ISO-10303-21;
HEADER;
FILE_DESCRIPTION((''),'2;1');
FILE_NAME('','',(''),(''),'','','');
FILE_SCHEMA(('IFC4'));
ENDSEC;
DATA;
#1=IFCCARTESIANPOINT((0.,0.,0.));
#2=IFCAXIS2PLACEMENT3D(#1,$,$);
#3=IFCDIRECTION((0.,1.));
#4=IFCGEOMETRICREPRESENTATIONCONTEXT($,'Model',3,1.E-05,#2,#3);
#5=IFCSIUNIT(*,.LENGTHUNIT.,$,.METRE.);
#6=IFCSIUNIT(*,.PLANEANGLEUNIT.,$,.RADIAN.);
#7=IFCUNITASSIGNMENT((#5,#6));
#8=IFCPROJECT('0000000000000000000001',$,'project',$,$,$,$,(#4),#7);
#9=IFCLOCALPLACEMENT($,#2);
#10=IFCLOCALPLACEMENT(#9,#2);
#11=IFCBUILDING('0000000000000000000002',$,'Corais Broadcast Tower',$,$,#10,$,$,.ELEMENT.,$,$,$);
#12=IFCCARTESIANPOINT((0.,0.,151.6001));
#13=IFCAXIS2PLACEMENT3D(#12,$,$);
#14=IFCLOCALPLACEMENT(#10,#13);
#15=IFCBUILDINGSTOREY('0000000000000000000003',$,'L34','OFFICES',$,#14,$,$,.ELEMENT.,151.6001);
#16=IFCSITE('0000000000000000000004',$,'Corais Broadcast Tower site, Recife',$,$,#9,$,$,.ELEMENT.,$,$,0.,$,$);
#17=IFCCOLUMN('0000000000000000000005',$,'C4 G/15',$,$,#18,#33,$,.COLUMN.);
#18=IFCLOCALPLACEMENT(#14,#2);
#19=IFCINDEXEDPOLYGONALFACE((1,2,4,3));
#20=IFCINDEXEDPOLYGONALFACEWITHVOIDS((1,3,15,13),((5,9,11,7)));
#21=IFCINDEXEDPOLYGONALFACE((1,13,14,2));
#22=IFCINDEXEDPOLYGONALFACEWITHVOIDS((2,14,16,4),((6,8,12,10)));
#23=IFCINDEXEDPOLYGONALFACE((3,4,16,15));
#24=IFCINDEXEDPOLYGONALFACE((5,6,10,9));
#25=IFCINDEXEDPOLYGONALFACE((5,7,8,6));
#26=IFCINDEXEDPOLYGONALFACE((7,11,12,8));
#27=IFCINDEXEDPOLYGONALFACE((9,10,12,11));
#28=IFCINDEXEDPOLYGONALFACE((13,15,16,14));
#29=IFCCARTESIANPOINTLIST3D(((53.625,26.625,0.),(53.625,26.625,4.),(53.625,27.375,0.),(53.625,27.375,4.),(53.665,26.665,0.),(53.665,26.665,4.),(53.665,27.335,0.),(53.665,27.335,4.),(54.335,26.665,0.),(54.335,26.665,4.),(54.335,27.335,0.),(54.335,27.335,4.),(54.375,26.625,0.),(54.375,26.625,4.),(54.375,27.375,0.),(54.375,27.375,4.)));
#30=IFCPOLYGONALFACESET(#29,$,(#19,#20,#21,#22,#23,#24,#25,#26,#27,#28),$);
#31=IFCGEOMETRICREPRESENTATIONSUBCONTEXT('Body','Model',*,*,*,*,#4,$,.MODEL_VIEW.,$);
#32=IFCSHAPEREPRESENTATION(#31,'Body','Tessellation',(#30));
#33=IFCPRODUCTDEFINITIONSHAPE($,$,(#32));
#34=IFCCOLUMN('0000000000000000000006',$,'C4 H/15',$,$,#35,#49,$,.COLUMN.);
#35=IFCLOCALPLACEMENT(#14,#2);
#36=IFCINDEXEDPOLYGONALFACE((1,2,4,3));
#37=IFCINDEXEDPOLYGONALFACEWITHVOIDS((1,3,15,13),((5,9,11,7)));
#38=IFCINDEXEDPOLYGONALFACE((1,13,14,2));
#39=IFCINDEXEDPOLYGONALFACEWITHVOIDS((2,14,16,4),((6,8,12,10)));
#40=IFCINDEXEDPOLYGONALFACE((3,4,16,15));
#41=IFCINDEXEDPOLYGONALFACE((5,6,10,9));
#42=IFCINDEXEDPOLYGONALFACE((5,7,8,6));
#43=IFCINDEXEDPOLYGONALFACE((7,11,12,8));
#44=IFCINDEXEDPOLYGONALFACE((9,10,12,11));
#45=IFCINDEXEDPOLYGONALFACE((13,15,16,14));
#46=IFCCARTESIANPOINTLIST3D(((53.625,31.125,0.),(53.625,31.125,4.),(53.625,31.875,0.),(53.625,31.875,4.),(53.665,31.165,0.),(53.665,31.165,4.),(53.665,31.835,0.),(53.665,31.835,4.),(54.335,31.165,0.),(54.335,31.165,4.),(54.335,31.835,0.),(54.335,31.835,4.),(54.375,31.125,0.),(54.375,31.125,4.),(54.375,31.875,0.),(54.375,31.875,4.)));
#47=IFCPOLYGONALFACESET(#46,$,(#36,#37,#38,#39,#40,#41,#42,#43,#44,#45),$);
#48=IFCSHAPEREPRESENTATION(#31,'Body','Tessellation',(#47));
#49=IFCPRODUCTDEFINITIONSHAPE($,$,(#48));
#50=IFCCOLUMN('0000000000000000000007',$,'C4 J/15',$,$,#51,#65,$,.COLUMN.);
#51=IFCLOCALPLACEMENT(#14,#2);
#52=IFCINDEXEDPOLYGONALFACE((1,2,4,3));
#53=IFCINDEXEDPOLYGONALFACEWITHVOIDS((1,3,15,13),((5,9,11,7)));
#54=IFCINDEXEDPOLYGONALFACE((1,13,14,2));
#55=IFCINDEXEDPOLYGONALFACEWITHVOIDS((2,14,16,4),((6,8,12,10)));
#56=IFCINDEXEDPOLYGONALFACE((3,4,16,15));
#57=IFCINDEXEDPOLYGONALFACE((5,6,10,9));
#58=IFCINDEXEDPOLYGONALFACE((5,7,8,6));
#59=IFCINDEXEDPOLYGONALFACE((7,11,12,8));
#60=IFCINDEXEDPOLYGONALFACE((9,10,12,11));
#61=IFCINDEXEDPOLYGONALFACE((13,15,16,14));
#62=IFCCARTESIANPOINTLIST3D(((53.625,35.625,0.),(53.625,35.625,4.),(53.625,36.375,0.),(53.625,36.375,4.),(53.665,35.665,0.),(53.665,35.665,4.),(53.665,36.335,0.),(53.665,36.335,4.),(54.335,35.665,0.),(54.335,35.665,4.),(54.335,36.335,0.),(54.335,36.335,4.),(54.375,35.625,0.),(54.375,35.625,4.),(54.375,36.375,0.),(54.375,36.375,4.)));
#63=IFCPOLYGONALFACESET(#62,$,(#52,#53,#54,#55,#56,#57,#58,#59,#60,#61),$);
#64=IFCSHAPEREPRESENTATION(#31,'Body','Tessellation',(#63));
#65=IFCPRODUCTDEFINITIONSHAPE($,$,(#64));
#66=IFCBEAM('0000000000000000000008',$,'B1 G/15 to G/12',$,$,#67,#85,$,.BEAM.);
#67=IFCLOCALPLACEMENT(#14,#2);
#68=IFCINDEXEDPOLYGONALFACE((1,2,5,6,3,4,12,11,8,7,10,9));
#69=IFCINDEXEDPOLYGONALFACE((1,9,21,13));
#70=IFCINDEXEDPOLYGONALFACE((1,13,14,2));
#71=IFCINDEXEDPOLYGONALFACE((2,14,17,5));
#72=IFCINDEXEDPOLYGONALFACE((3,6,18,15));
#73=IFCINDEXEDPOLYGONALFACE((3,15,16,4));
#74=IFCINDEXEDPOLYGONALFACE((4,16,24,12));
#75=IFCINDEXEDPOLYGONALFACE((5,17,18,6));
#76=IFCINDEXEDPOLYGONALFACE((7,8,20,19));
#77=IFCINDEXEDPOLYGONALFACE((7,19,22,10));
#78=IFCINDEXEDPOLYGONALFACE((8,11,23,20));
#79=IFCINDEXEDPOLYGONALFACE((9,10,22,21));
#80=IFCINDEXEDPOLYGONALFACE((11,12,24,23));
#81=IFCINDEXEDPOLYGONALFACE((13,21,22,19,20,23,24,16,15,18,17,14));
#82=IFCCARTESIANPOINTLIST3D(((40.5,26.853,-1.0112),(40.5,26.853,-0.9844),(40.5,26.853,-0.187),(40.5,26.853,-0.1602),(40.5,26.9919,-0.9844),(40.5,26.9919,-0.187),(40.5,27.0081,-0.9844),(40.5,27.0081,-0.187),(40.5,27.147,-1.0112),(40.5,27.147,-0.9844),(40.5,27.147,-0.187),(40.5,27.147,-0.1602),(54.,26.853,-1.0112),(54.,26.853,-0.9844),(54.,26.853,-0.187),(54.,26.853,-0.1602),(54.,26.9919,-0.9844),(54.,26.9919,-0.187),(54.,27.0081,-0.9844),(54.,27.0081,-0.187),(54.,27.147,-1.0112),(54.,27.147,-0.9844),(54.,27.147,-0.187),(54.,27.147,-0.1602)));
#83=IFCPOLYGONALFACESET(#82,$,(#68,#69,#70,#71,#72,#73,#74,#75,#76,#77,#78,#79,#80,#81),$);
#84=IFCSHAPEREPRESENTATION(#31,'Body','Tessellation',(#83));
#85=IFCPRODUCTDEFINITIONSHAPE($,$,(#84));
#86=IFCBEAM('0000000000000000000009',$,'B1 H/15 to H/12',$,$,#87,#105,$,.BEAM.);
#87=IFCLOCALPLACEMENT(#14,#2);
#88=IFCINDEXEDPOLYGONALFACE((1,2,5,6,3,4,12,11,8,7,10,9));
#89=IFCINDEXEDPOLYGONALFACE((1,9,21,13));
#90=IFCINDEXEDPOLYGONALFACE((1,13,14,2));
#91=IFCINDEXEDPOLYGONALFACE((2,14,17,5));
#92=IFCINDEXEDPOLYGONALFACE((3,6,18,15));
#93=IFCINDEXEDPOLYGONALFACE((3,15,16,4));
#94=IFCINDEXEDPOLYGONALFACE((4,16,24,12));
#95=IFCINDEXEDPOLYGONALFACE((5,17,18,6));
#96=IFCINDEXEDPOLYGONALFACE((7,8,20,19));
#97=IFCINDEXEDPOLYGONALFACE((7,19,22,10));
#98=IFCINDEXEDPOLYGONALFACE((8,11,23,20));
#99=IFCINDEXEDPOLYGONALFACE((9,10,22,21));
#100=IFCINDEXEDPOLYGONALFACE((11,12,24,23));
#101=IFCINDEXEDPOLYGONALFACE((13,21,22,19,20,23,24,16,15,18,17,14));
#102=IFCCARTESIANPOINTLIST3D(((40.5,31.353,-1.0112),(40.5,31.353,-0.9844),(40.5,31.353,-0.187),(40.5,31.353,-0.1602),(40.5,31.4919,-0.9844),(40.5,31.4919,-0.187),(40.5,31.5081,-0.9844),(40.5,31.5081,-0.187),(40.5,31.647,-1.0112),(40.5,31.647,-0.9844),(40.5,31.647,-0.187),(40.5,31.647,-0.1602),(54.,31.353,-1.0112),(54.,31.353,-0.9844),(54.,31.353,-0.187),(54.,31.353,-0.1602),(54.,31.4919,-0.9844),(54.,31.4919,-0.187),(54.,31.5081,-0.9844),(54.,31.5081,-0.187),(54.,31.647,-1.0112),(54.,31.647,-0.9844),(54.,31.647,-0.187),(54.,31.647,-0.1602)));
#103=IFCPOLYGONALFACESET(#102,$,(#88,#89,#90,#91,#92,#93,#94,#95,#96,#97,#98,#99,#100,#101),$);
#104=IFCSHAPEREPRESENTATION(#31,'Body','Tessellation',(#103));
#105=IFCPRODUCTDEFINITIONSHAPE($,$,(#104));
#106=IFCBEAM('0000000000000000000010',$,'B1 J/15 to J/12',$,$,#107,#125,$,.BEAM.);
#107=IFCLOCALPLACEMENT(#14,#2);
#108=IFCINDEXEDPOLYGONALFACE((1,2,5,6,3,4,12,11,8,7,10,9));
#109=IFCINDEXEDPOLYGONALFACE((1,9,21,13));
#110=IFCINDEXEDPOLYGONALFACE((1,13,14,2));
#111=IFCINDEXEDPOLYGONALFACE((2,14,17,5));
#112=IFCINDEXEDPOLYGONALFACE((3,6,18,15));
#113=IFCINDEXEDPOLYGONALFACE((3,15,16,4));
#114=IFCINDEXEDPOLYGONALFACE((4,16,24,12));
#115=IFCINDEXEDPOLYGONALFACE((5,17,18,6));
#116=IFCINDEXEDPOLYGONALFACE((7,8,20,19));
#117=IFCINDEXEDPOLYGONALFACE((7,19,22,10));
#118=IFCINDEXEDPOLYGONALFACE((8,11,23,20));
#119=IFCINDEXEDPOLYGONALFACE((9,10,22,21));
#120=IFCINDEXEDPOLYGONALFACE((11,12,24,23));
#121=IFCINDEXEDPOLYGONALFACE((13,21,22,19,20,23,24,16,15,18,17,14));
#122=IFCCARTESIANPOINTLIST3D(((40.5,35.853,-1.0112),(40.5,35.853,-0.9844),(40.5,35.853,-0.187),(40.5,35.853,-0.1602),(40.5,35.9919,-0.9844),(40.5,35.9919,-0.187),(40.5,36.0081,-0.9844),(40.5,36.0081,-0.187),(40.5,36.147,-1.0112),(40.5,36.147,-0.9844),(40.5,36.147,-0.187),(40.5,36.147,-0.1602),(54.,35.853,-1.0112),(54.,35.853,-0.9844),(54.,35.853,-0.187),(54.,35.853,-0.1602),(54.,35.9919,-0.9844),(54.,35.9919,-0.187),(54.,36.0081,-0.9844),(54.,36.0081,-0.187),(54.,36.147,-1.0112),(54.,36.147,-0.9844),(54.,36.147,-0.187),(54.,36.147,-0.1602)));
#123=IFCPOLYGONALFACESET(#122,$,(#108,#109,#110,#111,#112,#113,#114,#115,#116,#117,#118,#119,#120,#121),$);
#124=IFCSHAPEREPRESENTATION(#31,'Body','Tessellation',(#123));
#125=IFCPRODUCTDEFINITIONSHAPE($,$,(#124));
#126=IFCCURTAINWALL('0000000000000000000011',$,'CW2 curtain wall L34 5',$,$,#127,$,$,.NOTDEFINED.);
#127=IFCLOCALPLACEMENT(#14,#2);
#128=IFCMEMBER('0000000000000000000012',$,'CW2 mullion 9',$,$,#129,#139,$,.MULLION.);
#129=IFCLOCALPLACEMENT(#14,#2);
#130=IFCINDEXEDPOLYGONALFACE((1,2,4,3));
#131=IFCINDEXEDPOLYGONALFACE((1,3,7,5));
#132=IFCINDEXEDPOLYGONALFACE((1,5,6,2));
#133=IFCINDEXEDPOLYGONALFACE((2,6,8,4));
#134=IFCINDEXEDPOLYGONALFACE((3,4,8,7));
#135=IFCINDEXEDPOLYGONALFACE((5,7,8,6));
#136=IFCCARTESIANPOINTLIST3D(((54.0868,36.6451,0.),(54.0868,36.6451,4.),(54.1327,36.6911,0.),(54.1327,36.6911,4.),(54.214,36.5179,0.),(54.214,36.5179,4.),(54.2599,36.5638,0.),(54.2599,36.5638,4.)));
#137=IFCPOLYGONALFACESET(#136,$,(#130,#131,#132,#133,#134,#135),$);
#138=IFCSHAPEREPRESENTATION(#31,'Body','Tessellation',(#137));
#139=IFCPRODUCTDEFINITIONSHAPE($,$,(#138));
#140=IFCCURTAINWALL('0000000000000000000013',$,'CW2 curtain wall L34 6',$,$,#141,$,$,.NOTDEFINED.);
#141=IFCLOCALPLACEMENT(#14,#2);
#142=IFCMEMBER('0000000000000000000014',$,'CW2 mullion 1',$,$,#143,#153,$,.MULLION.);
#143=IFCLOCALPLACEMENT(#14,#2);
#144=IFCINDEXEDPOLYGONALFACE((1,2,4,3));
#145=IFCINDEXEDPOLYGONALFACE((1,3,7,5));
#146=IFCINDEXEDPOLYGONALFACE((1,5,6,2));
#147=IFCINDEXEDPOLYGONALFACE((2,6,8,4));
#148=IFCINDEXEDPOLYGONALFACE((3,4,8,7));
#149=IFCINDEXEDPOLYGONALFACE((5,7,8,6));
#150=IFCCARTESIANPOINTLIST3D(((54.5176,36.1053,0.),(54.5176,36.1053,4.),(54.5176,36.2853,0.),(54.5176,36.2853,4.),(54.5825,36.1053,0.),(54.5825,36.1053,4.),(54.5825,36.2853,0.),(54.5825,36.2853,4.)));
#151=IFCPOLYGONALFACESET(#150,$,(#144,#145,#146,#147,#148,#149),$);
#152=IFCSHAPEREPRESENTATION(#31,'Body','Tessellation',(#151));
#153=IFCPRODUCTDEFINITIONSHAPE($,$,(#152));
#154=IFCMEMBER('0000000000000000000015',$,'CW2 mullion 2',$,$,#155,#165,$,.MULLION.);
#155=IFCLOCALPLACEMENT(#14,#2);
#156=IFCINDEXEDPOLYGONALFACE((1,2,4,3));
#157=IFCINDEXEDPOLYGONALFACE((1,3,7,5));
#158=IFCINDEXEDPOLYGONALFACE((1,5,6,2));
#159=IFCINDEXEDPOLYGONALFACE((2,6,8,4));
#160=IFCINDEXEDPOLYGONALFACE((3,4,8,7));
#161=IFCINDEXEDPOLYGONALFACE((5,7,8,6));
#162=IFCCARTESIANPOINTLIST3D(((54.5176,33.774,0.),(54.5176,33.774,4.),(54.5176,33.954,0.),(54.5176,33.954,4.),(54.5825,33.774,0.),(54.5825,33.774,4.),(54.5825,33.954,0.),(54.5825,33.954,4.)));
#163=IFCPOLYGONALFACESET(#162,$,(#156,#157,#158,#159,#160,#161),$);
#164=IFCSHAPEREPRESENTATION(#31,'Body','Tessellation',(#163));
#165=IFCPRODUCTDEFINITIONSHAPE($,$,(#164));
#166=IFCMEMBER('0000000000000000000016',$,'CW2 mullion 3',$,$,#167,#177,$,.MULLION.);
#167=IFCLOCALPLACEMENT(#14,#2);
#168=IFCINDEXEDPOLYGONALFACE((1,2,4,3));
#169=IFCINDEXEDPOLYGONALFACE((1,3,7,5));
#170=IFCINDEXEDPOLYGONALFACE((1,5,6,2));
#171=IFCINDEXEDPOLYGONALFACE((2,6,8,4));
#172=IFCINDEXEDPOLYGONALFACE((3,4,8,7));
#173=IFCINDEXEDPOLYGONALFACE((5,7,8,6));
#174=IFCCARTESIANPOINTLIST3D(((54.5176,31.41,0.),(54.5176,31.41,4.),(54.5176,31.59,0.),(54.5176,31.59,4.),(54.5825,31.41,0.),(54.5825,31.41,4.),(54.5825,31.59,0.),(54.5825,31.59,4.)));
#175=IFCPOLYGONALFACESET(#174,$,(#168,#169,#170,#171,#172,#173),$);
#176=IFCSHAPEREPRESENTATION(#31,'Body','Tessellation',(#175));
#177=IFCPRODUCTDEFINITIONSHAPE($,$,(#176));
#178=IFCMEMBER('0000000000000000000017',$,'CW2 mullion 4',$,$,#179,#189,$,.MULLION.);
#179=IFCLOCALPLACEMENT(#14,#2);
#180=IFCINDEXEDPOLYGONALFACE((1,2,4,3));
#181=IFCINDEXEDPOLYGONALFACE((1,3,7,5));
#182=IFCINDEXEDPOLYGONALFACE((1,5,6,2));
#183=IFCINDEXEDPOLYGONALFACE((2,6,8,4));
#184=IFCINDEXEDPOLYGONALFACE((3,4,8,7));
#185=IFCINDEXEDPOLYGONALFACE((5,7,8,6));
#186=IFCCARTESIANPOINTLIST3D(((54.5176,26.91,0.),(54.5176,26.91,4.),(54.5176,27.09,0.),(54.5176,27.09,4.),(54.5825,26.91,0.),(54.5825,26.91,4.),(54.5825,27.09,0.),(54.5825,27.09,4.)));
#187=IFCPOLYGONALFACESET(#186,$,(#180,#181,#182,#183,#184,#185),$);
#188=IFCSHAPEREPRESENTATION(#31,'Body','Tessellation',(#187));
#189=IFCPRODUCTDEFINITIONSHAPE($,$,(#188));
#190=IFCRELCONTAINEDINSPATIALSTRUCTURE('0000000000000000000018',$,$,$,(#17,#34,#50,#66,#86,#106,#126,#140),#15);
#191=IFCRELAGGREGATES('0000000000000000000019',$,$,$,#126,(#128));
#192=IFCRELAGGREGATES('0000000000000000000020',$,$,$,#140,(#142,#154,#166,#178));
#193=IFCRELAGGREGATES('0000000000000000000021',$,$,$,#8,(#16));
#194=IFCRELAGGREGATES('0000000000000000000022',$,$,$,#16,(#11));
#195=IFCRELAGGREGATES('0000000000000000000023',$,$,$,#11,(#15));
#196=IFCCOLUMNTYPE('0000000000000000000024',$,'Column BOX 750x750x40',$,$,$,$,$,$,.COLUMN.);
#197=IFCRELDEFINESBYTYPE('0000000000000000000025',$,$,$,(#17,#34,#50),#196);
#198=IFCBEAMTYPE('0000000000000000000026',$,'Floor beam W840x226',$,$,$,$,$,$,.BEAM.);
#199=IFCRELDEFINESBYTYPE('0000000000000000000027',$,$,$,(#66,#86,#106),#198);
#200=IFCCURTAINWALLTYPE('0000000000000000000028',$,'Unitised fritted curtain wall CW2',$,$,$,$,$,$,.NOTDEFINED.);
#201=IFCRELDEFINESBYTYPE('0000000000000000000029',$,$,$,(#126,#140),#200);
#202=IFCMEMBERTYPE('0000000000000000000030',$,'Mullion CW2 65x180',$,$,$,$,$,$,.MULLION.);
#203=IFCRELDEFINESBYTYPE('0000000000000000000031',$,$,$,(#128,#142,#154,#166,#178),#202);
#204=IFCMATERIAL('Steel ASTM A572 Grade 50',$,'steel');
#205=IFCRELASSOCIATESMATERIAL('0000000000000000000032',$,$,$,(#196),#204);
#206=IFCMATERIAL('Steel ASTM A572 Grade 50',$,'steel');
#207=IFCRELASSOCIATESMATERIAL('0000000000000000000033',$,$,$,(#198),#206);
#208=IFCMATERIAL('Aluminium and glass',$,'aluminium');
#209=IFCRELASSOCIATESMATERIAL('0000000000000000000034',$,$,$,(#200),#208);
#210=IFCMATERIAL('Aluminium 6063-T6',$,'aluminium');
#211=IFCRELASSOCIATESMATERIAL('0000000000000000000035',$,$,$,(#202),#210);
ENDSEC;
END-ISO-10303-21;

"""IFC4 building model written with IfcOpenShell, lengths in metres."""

from ifc_helpers import new_model, si_unit, direction, frame, origin, origin_2d, place, context, subcontext, project, spatial, rectangle, hollow_rectangle, i_section, extrude, material, material_profile, profile_set, type_object, element, aggregate, save


model = new_model("IFC4")

# Units and contexts
model_context = context("Model", 3, precision=1e-05, world=origin(), true_north=direction((0.0, 1.0)))
body_context = subcontext(model_context, "Body", "Model", "MODEL_VIEW")
ifc_project = project(units=[si_unit("LENGTHUNIT", "METRE"), si_unit("PLANEANGLEUNIT", "RADIAN")], contexts=[model_context])

# Site, building, storey
site_placement = place(None, origin())
site = spatial("IfcSite", under=ifc_project, at=site_placement, Name="Corais Broadcast Tower site, Recife", CompositionType="ELEMENT", RefElevation=0.0)
building_placement = place(site_placement, origin())
building = spatial("IfcBuilding", under=site, at=building_placement, Name="Corais Broadcast Tower", CompositionType="ELEMENT")
storey_placement = place(building_placement, frame((0.0, 0.0, 151.6001)))
storey = spatial("IfcBuildingStorey", under=building, at=storey_placement, Name="L34", Description="OFFICES", CompositionType="ELEMENT", Elevation=151.6001)

# Columns
ifc_material_1 = material(Name="Steel ASTM A572 Grade 50", Category="steel")
ifc_material_profile_1 = material_profile(ifc_material_1, hollow_rectangle(XDim=0.75, YDim=0.75, WallThickness=0.04, at=origin_2d()), Name="BOX 750x750x40")
ifc_profile_set_1 = profile_set([ifc_material_profile_1], Name="Steel ASTM A572 Grade 50")
column_type = type_object("IfcColumnType", Name="Column BOX 750x750x40", PredefinedType="COLUMN", material=ifc_profile_set_1)
for number, where, z_axis, x_axis, name in (
    (1, (54.0, 27.0, 0.0), (0.0, 0.0, 1.0), (1.0, 0.0, 0.0), "C4 G/15"),
    (2, (54.0, 31.5, 0.0), (0.0, 0.0, 1.0), (1.0, 0.0, 0.0), "C4 H/15"),
    (3, (54.0, 36.0, 0.0), (0.0, 0.0, 1.0), (1.0, 0.0, 0.0), "C4 J/15"),
):
    element("IfcColumn", number, at=place(storey_placement, frame(where, z_axis=z_axis, x_axis=x_axis)), inside=storey, type_object=column_type, Name=name, PredefinedType="COLUMN", context=body_context, shape_type="SweptSolid", body=[
        extrude(hollow_rectangle(XDim=0.75, YDim=0.75, WallThickness=0.04, at=origin_2d()), origin(), (0.0, 0.0, 1.0), 4.0),
    ])

# Beams
ifc_material_2 = material(Name="Steel ASTM A572 Grade 50", Category="steel")
ifc_material_profile_2 = material_profile(ifc_material_2, i_section(OverallWidth=0.2939, OverallDepth=0.8511, WebThickness=0.0161, FlangeThickness=0.0269, at=origin_2d()), Name="W840x226")
ifc_profile_set_2 = profile_set([ifc_material_profile_2], Name="Steel ASTM A572 Grade 50")
beam_type_1 = type_object("IfcBeamType", Name="Floor beam W840x226", PredefinedType="BEAM", material=ifc_profile_set_2)
for number, where, z_axis, x_axis, name in (
    (4, (54.0, 27.0, -0.5857), (-1.0, 0.0, 0.0), (0.0, -1.0, 0.0), "B1 G/15 to G/12"),
    (5, (54.0, 31.5, -0.5857), (-1.0, 0.0, 0.0), (0.0, -1.0, 0.0), "B1 H/15 to H/12"),
    (6, (54.0, 36.0, -0.5857), (-1.0, 0.0, 0.0), (0.0, -1.0, 0.0), "B1 J/15 to J/12"),
):
    element("IfcBeam", number, at=place(storey_placement, frame(where, z_axis=z_axis, x_axis=x_axis)), inside=storey, type_object=beam_type_1, Name=name, PredefinedType="BEAM", context=body_context, shape_type="SweptSolid", body=[
        extrude(i_section(OverallWidth=0.2939, OverallDepth=0.8511, WebThickness=0.0161, FlangeThickness=0.0269, at=origin_2d()), origin(), (0.0, 0.0, 1.0), 13.5),
    ])

# Curtain wall, member
ifc_material_3 = material(Name="Aluminium and glass", Category="aluminium")
curtain_wall_type = type_object("IfcCurtainWallType", Name="Unitised fritted curtain wall CW2", PredefinedType="NOTDEFINED", material=ifc_material_3)
curtain_wall_1_placement = place(storey_placement, origin())
curtain_wall_1 = element("IfcCurtainWall", 7, at=curtain_wall_1_placement, inside=storey, type_object=curtain_wall_type, Name="CW2 curtain wall L34 5", PredefinedType="NOTDEFINED")
ifc_material_4 = material(Name="Aluminium 6063-T6", Category="aluminium")
ifc_material_profile_3 = material_profile(ifc_material_4, rectangle(XDim=0.0649, YDim=0.1799, at=origin_2d()), Name="Mullion CW2 65x180")
ifc_profile_set_3 = profile_set([ifc_material_profile_3], Name="Aluminium 6063-T6")
member_type_1 = type_object("IfcMemberType", Name="Mullion CW2 65x180", PredefinedType="MULLION", material=ifc_profile_set_3)
member_1_placement = place(storey_placement, frame((54.1733, 36.6045, 0.0), z_axis=(0.0, 0.0, 1.0), x_axis=(0.707107, 0.707107, 0.0)))
member_1 = element("IfcMember", 8, at=member_1_placement, type_object=member_type_1, Name="CW2 mullion 9", PredefinedType="MULLION", context=body_context, shape_type="SweptSolid", body=[
    extrude(rectangle(XDim=0.0649, YDim=0.1799, at=origin_2d()), origin(), (0.0, 0.0, 1.0), 4.0),
])

# Curtain wall, members
curtain_wall_2_placement = place(storey_placement, origin())
curtain_wall_2 = element("IfcCurtainWall", 9, at=curtain_wall_2_placement, inside=storey, type_object=curtain_wall_type, Name="CW2 curtain wall L34 6", PredefinedType="NOTDEFINED")
member_2_placement = place(storey_placement, frame((54.55, 36.1953, 0.0), z_axis=(0.0, 0.0, 1.0), x_axis=(1.0, 0.0, 0.0)))
member_2 = element("IfcMember", 10, at=member_2_placement, type_object=member_type_1, Name="CW2 mullion 1", PredefinedType="MULLION", context=body_context, shape_type="SweptSolid", body=[
    extrude(rectangle(XDim=0.0649, YDim=0.1799, at=origin_2d()), origin(), (0.0, 0.0, 1.0), 4.0),
])
member_3_placement = place(storey_placement, frame((54.55, 33.864, 0.0), z_axis=(0.0, 0.0, 1.0), x_axis=(1.0, 0.0, 0.0)))
member_3 = element("IfcMember", 11, at=member_3_placement, type_object=member_type_1, Name="CW2 mullion 2", PredefinedType="MULLION", context=body_context, shape_type="SweptSolid", body=[
    extrude(rectangle(XDim=0.0649, YDim=0.1799, at=origin_2d()), origin(), (0.0, 0.0, 1.0), 4.0),
])
member_4_placement = place(storey_placement, frame((54.55, 31.5, 0.0), z_axis=(0.0, 0.0, 1.0), x_axis=(1.0, 0.0, 0.0)))
member_4 = element("IfcMember", 12, at=member_4_placement, type_object=member_type_1, Name="CW2 mullion 3", PredefinedType="MULLION", context=body_context, shape_type="SweptSolid", body=[
    extrude(rectangle(XDim=0.0649, YDim=0.1799, at=origin_2d()), origin(), (0.0, 0.0, 1.0), 4.0),
])
member_5_placement = place(storey_placement, frame((54.55, 27.0, 0.0), z_axis=(0.0, 0.0, 1.0), x_axis=(1.0, 0.0, 0.0)))
member_5 = element("IfcMember", 13, at=member_5_placement, type_object=member_type_1, Name="CW2 mullion 4", PredefinedType="MULLION", context=body_context, shape_type="SweptSolid", body=[
    extrude(rectangle(XDim=0.0649, YDim=0.1799, at=origin_2d()), origin(), (0.0, 0.0, 1.0), 4.0),
])

aggregate(curtain_wall_1, [member_1])
aggregate(curtain_wall_2, [member_2, member_3, member_4, member_5])

save(model, "model.ifc")
